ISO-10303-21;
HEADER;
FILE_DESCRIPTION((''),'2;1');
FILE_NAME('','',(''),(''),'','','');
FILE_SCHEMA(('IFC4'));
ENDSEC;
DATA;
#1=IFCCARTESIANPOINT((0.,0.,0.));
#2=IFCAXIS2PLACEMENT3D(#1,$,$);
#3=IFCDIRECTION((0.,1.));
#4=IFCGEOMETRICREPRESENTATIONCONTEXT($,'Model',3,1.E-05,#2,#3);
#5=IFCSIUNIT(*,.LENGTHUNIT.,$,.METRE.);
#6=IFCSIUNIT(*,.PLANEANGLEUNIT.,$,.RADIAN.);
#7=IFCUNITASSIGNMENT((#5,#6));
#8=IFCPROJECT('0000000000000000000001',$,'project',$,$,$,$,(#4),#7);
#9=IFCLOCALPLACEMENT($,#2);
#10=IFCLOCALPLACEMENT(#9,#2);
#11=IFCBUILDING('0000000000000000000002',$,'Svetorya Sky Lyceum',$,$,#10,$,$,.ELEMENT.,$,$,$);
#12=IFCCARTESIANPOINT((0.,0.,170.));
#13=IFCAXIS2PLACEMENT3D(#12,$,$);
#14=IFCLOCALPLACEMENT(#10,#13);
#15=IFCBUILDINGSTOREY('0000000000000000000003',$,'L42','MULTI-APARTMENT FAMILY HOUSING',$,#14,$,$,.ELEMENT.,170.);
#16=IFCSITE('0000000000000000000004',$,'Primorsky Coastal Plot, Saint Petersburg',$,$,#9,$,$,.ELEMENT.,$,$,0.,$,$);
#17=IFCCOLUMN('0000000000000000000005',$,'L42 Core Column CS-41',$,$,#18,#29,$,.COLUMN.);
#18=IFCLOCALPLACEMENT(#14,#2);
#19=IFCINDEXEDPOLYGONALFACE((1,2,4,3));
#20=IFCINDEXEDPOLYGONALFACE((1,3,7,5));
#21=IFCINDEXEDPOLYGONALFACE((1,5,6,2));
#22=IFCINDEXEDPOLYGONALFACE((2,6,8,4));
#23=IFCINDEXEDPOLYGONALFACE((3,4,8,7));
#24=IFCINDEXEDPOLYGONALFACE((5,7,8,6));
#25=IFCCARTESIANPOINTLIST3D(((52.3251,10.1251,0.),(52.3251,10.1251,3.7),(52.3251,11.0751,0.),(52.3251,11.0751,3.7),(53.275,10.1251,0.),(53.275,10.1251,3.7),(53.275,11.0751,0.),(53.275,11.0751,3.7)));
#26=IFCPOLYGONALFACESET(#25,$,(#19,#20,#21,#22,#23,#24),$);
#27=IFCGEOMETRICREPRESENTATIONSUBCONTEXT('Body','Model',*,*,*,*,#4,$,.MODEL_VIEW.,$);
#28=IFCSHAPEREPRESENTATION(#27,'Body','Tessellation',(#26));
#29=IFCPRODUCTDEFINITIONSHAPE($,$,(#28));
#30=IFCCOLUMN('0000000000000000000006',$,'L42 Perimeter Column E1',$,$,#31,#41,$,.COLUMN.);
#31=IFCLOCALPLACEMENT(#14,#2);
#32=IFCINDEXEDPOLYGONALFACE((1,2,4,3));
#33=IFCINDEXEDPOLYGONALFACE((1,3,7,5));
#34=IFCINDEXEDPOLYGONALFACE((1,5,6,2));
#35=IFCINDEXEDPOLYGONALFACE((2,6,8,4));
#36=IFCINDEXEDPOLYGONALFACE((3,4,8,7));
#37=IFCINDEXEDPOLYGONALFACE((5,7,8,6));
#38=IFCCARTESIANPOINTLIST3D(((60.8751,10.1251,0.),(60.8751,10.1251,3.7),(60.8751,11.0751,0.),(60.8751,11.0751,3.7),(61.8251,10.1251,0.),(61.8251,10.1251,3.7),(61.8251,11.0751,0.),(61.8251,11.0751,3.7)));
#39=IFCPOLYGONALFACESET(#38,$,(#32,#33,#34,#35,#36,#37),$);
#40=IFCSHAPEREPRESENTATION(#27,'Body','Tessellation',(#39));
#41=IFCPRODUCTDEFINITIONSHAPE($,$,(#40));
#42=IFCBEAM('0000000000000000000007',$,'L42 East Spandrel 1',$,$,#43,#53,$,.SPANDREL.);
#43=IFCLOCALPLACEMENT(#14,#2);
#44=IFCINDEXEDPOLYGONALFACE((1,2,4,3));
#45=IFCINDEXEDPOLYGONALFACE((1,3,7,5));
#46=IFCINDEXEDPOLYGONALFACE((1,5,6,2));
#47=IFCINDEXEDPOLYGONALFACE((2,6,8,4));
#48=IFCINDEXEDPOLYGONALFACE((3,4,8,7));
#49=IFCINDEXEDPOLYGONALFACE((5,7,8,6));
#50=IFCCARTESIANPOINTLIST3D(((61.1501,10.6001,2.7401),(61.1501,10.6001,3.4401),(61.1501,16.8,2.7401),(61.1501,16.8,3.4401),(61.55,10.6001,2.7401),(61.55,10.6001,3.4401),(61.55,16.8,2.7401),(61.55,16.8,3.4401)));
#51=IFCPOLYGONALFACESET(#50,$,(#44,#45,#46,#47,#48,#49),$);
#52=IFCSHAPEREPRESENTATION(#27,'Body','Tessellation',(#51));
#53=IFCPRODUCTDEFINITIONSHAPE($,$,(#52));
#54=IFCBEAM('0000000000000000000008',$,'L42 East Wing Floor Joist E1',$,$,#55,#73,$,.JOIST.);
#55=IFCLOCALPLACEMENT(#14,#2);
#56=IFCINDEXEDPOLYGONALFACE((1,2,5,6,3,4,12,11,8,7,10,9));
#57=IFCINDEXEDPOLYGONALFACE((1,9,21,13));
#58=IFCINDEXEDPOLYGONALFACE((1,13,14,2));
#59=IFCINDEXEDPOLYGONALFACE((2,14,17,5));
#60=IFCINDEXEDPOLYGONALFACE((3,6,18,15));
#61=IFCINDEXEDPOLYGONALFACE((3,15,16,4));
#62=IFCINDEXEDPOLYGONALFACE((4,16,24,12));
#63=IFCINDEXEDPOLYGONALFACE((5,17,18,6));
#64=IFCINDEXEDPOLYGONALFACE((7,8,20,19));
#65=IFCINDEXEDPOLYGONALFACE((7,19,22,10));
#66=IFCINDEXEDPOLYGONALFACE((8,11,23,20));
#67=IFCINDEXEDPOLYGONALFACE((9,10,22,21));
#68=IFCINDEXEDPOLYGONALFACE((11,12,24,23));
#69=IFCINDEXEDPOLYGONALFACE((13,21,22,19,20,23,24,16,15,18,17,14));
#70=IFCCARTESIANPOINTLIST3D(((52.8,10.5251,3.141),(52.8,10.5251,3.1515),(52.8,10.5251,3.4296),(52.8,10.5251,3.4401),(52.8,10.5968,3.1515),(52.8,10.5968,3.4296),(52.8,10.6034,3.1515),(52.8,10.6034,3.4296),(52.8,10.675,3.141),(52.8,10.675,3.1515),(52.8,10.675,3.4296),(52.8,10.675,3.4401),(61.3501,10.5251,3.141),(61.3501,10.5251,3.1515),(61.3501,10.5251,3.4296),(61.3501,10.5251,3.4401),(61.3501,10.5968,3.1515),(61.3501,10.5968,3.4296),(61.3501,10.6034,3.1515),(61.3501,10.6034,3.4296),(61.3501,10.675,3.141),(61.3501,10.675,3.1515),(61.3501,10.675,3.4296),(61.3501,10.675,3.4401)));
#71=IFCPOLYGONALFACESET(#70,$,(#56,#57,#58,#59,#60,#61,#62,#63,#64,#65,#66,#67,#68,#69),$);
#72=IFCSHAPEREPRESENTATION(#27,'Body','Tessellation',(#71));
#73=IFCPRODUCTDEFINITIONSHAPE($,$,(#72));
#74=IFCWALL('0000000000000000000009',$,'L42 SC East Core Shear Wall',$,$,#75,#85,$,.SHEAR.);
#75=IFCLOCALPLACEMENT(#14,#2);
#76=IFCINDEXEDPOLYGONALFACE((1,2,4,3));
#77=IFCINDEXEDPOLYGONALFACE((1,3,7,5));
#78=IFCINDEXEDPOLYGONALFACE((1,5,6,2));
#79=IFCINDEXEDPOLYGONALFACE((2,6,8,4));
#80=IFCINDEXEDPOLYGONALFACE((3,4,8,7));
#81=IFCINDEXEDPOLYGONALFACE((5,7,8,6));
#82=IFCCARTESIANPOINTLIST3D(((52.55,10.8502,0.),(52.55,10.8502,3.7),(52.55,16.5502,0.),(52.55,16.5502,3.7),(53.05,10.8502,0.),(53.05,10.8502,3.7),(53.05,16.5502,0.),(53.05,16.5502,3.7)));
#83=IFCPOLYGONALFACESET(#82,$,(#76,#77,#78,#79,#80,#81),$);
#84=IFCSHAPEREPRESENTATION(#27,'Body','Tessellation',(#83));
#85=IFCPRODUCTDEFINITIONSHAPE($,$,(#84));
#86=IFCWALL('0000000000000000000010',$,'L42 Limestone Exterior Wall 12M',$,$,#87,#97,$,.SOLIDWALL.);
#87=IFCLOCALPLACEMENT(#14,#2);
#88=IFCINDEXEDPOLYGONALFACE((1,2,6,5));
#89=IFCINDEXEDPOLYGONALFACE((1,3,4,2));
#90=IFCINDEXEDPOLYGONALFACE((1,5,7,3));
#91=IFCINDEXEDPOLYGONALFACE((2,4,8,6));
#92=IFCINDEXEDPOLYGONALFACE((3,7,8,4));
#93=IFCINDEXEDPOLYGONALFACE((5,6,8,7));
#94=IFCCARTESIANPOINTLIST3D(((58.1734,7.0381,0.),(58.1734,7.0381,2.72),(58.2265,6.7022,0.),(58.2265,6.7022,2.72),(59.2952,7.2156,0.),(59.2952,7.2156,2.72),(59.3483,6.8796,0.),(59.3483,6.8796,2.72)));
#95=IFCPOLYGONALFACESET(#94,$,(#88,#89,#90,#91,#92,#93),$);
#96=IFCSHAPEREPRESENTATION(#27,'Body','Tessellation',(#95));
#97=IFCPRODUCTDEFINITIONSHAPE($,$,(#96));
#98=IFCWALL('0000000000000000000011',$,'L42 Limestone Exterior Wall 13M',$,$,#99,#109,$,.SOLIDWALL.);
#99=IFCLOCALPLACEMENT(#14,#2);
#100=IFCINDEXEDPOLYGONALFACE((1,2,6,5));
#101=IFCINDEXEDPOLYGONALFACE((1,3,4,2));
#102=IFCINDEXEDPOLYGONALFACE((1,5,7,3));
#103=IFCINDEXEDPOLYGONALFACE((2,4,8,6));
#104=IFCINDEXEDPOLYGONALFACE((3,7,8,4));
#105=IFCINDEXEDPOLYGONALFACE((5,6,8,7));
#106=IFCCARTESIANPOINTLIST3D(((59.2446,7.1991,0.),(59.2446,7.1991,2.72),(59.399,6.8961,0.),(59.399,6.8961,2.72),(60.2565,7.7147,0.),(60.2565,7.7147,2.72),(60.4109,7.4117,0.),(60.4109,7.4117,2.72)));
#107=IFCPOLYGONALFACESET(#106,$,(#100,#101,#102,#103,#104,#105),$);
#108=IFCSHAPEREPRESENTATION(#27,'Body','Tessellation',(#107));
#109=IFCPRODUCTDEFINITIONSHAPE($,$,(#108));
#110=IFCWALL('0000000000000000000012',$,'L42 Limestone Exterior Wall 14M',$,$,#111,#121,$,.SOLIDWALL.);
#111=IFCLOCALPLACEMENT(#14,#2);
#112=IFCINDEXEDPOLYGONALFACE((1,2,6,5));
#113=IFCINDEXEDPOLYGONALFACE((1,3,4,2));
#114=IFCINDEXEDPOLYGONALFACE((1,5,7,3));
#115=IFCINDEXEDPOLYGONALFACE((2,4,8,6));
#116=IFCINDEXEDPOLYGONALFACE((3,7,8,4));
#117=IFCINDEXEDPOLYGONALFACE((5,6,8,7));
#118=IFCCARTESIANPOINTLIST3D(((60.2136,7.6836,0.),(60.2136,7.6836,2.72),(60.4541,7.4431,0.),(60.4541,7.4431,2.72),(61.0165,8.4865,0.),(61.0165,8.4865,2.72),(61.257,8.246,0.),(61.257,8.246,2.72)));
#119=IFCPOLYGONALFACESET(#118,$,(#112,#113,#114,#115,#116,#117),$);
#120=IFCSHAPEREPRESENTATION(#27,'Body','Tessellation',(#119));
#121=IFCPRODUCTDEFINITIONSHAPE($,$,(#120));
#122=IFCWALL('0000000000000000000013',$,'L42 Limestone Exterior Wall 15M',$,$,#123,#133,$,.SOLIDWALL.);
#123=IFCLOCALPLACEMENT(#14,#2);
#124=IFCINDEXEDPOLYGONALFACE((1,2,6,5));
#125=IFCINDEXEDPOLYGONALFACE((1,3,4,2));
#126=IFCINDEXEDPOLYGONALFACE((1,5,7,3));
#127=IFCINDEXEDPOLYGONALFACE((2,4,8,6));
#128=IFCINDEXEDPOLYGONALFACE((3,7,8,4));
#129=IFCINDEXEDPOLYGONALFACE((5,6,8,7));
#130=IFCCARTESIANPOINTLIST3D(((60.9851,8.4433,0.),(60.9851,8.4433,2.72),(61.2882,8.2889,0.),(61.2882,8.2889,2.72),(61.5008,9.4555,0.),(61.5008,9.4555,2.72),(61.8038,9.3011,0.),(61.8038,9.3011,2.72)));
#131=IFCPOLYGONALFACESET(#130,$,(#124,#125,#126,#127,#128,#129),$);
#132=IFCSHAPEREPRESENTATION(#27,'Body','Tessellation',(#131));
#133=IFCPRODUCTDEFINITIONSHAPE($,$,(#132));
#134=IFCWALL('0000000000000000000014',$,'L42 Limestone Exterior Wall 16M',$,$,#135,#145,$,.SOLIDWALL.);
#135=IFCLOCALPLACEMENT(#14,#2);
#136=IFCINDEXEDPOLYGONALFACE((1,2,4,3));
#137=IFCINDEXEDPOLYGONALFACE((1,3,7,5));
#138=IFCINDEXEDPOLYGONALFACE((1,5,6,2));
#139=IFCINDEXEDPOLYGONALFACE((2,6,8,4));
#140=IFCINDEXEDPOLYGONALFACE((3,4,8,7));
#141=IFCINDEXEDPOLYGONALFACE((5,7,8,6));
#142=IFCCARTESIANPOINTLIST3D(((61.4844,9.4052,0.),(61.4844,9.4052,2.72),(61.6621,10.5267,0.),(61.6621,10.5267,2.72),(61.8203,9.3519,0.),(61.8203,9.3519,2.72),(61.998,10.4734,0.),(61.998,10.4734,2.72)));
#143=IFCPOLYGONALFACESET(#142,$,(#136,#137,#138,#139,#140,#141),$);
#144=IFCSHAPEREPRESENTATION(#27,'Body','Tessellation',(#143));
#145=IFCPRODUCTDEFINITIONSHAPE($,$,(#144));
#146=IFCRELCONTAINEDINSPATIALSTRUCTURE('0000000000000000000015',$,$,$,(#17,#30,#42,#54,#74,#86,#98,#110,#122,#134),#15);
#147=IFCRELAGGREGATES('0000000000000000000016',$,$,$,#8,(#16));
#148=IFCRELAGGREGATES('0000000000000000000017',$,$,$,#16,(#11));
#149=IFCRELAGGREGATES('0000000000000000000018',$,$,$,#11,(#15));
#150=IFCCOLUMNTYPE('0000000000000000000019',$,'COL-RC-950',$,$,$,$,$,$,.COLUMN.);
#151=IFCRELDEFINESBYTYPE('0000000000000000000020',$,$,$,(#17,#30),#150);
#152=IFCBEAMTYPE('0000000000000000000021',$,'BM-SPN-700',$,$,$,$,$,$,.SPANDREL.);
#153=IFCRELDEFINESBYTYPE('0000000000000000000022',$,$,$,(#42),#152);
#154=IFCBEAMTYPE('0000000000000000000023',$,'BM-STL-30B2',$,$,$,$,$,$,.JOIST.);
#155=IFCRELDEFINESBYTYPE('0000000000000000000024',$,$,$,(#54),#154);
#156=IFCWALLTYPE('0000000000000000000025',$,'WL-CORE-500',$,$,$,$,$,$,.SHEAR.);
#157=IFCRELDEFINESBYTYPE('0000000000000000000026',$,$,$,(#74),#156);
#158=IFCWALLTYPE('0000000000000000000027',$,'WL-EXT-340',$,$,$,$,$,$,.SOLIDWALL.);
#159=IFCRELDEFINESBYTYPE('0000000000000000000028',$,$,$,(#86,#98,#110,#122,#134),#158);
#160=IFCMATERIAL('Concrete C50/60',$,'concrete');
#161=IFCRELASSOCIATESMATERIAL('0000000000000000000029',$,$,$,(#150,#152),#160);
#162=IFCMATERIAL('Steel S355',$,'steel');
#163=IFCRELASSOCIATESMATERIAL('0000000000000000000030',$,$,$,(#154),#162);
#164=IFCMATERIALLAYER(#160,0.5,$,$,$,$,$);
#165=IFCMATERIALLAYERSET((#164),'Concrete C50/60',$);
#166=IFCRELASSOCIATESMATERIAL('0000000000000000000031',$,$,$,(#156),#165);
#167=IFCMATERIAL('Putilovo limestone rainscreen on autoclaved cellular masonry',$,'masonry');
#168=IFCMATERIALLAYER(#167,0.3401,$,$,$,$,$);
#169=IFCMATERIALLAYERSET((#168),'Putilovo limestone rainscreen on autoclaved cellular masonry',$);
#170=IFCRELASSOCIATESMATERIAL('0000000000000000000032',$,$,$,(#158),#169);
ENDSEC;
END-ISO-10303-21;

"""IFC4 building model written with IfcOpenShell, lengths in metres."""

from ifc_helpers import new_model, si_unit, direction, frame, frame_2d, origin, origin_2d, place, context, subcontext, project, spatial, rectangle, i_section, extrude, material, layer, layer_set, material_profile, profile_set, type_object, element, save


model = new_model("IFC4")

# Units and contexts
model_context = context("Model", 3, precision=1e-05, world=origin(), true_north=direction((0.0, 1.0)))
body_context = subcontext(model_context, "Body", "Model", "MODEL_VIEW")
ifc_project = project(units=[si_unit("LENGTHUNIT", "METRE"), si_unit("PLANEANGLEUNIT", "RADIAN")], contexts=[model_context])

# Site, building, storey
site_placement = place(None, origin())
site = spatial("IfcSite", under=ifc_project, at=site_placement, Name="Primorsky Coastal Plot, Saint Petersburg", CompositionType="ELEMENT", RefElevation=0.0)
building_placement = place(site_placement, origin())
building = spatial("IfcBuilding", under=site, at=building_placement, Name="Svetorya Sky Lyceum", CompositionType="ELEMENT")
storey_placement = place(building_placement, frame((0.0, 0.0, 170.0)))
storey = spatial("IfcBuildingStorey", under=building, at=storey_placement, Name="L42", Description="MULTI-APARTMENT FAMILY HOUSING", CompositionType="ELEMENT", Elevation=170.0)

# Columns
ifc_material_1 = material(Name="Concrete C50/60", Category="concrete")
ifc_material_profile_1 = material_profile(ifc_material_1, rectangle(XDim=0.95, YDim=0.95, at=origin_2d()), Name="RC COL 950x950")
ifc_profile_set_1 = profile_set([ifc_material_profile_1], Name="Concrete C50/60")
column_type = type_object("IfcColumnType", Name="COL-RC-950", PredefinedType="COLUMN", material=ifc_profile_set_1)
for number, where, z_axis, x_axis, name in (
    (1, (52.8, 10.6001, 0.0), (0.0, 0.0, 1.0), (1.0, 0.0, 0.0), "L42 Core Column CS-41"),
    (2, (61.3501, 10.6001, 0.0), (0.0, 0.0, 1.0), (1.0, 0.0, 0.0), "L42 Perimeter Column E1"),
):
    element("IfcColumn", number, at=place(storey_placement, frame(where, z_axis=z_axis, x_axis=x_axis)), inside=storey, type_object=column_type, Name=name, PredefinedType="COLUMN", context=body_context, shape_type="SweptSolid", body=[
        extrude(rectangle(XDim=0.95, YDim=0.95, at=origin_2d()), origin(), (0.0, 0.0, 1.0), 3.7),
    ])

# Beams
ifc_material_profile_2 = material_profile(ifc_material_1, rectangle(XDim=0.3999, YDim=0.7, at=origin_2d()), Name="RC SPANDREL 400x700")
ifc_profile_set_2 = profile_set([ifc_material_profile_2], Name="Concrete C50/60")
beam_type_1 = type_object("IfcBeamType", Name="BM-SPN-700", PredefinedType="SPANDREL", material=ifc_profile_set_2)
beam_1_placement = place(storey_placement, frame((61.3501, 10.6001, 3.0901), z_axis=(0.0, 1.0, 0.0), x_axis=(-1.0, 0.0, 0.0)))
element("IfcBeam", 3, at=beam_1_placement, inside=storey, type_object=beam_type_1, Name="L42 East Spandrel 1", PredefinedType="SPANDREL", context=body_context, shape_type="SweptSolid", body=[
    extrude(rectangle(XDim=0.3999, YDim=0.7, at=origin_2d()), origin(), (0.0, 0.0, 1.0), 6.2),
])
ifc_material_2 = material(Name="Steel S355", Category="steel")
ifc_material_profile_3 = material_profile(ifc_material_2, i_section(OverallWidth=0.1499, OverallDepth=0.2991, WebThickness=0.0066, FlangeThickness=0.0105, at=origin_2d()), Name="GOST 30B2")
ifc_profile_set_3 = profile_set([ifc_material_profile_3], Name="Steel S355")
beam_type_2 = type_object("IfcBeamType", Name="BM-STL-30B2", PredefinedType="JOIST", material=ifc_profile_set_3)
beam_2_placement = place(storey_placement, frame((52.8, 10.6001, 3.2905), z_axis=(1.0, 0.0, 0.0), x_axis=(0.0, 1.0, 0.0)))
element("IfcBeam", 4, at=beam_2_placement, inside=storey, type_object=beam_type_2, Name="L42 East Wing Floor Joist E1", PredefinedType="JOIST", context=body_context, shape_type="SweptSolid", body=[
    extrude(i_section(OverallWidth=0.1499, OverallDepth=0.2991, WebThickness=0.0066, FlangeThickness=0.0105, at=origin_2d()), origin(), (0.0, 0.0, 1.0), 8.55),
])

# Walls
ifc_layer_1 = layer(ifc_material_1, 0.5)
ifc_layer_set_1 = layer_set([ifc_layer_1], Name="Concrete C50/60")
wall_type_1 = type_object("IfcWallType", Name="WL-CORE-500", PredefinedType="SHEAR", material=ifc_layer_set_1)
wall_1_placement = place(storey_placement, frame((52.8, 10.8501, 0.0), z_axis=(0.0, 0.0, 1.0), x_axis=(0.0, 1.0, 0.0)))
element("IfcWall", 5, at=wall_1_placement, inside=storey, type_object=wall_type_1, Name="L42 SC East Core Shear Wall", PredefinedType="SHEAR", context=body_context, shape_type="SweptSolid", body=[
    extrude(rectangle(XDim=5.7, YDim=0.5, at=frame_2d((2.8501, 0.0))), origin(), (0.0, 0.0, 1.0), 3.7),
])
ifc_material_3 = material(Name="Putilovo limestone rainscreen on autoclaved cellular masonry", Category="masonry")
ifc_layer_2 = layer(ifc_material_3, 0.3401)
ifc_layer_set_2 = layer_set([ifc_layer_2], Name="Putilovo limestone rainscreen on autoclaved cellular masonry")
wall_type_2 = type_object("IfcWallType", Name="WL-EXT-340", PredefinedType="SOLIDWALL", material=ifc_layer_set_2)
for number, where, z_axis, x_axis, name in (
    (6, (58.2, 6.8701, 0.0), (0.0, 0.0, 1.0), (0.987714, 0.156272, 0.0), "L42 Limestone Exterior Wall 12M"),
    (7, (59.3218, 7.0476, 0.0), (0.0, 0.0, 1.0), (0.891005, 0.453993, 0.0), "L42 Limestone Exterior Wall 13M"),
):
    element("IfcWall", number, at=place(storey_placement, frame(where, z_axis=z_axis, x_axis=x_axis)), inside=storey, type_object=wall_type_2, Name=name, PredefinedType="SOLIDWALL", context=body_context, shape_type="SweptSolid", body=[
        extrude(rectangle(XDim=1.1357, YDim=0.3401, at=frame_2d((0.5679, 0.0))), origin(), (0.0, 0.0, 1.0), 2.72),
    ])
wall_2_placement = place(storey_placement, frame((60.3337, 7.5632, 0.0), z_axis=(0.0, 0.0, 1.0), x_axis=(0.707107, 0.707107, 0.0)))
element("IfcWall", 8, at=wall_2_placement, inside=storey, type_object=wall_type_2, Name="L42 Limestone Exterior Wall 14M", PredefinedType="SOLIDWALL", context=body_context, shape_type="SweptSolid", body=[
    extrude(rectangle(XDim=1.1355, YDim=0.3401, at=frame_2d((0.5679, 0.0))), origin(), (0.0, 0.0, 1.0), 2.72),
])
wall_3_placement = place(storey_placement, frame((61.1367, 8.3662, 0.0), z_axis=(0.0, 0.0, 1.0), x_axis=(0.453906, 0.891049, 0.0)))
element("IfcWall", 9, at=wall_3_placement, inside=storey, type_object=wall_type_2, Name="L42 Limestone Exterior Wall 15M", PredefinedType="SOLIDWALL", context=body_context, shape_type="SweptSolid", body=[
    extrude(rectangle(XDim=1.136, YDim=0.3401, at=frame_2d((0.5679, 0.0))), origin(), (0.0, 0.0, 1.0), 2.72),
])
wall_4_placement = place(storey_placement, frame((61.6523, 9.3784, 0.0), z_axis=(0.0, 0.0, 1.0), x_axis=(0.156515, 0.987676, 0.0)))
element("IfcWall", 10, at=wall_4_placement, inside=storey, type_object=wall_type_2, Name="L42 Limestone Exterior Wall 16M", PredefinedType="SOLIDWALL", context=body_context, shape_type="SweptSolid", body=[
    extrude(rectangle(XDim=1.1355, YDim=0.3401, at=frame_2d((0.5679, 0.0))), origin(), (0.0, 0.0, 1.0), 2.72),
])

save(model, "model.ifc")
